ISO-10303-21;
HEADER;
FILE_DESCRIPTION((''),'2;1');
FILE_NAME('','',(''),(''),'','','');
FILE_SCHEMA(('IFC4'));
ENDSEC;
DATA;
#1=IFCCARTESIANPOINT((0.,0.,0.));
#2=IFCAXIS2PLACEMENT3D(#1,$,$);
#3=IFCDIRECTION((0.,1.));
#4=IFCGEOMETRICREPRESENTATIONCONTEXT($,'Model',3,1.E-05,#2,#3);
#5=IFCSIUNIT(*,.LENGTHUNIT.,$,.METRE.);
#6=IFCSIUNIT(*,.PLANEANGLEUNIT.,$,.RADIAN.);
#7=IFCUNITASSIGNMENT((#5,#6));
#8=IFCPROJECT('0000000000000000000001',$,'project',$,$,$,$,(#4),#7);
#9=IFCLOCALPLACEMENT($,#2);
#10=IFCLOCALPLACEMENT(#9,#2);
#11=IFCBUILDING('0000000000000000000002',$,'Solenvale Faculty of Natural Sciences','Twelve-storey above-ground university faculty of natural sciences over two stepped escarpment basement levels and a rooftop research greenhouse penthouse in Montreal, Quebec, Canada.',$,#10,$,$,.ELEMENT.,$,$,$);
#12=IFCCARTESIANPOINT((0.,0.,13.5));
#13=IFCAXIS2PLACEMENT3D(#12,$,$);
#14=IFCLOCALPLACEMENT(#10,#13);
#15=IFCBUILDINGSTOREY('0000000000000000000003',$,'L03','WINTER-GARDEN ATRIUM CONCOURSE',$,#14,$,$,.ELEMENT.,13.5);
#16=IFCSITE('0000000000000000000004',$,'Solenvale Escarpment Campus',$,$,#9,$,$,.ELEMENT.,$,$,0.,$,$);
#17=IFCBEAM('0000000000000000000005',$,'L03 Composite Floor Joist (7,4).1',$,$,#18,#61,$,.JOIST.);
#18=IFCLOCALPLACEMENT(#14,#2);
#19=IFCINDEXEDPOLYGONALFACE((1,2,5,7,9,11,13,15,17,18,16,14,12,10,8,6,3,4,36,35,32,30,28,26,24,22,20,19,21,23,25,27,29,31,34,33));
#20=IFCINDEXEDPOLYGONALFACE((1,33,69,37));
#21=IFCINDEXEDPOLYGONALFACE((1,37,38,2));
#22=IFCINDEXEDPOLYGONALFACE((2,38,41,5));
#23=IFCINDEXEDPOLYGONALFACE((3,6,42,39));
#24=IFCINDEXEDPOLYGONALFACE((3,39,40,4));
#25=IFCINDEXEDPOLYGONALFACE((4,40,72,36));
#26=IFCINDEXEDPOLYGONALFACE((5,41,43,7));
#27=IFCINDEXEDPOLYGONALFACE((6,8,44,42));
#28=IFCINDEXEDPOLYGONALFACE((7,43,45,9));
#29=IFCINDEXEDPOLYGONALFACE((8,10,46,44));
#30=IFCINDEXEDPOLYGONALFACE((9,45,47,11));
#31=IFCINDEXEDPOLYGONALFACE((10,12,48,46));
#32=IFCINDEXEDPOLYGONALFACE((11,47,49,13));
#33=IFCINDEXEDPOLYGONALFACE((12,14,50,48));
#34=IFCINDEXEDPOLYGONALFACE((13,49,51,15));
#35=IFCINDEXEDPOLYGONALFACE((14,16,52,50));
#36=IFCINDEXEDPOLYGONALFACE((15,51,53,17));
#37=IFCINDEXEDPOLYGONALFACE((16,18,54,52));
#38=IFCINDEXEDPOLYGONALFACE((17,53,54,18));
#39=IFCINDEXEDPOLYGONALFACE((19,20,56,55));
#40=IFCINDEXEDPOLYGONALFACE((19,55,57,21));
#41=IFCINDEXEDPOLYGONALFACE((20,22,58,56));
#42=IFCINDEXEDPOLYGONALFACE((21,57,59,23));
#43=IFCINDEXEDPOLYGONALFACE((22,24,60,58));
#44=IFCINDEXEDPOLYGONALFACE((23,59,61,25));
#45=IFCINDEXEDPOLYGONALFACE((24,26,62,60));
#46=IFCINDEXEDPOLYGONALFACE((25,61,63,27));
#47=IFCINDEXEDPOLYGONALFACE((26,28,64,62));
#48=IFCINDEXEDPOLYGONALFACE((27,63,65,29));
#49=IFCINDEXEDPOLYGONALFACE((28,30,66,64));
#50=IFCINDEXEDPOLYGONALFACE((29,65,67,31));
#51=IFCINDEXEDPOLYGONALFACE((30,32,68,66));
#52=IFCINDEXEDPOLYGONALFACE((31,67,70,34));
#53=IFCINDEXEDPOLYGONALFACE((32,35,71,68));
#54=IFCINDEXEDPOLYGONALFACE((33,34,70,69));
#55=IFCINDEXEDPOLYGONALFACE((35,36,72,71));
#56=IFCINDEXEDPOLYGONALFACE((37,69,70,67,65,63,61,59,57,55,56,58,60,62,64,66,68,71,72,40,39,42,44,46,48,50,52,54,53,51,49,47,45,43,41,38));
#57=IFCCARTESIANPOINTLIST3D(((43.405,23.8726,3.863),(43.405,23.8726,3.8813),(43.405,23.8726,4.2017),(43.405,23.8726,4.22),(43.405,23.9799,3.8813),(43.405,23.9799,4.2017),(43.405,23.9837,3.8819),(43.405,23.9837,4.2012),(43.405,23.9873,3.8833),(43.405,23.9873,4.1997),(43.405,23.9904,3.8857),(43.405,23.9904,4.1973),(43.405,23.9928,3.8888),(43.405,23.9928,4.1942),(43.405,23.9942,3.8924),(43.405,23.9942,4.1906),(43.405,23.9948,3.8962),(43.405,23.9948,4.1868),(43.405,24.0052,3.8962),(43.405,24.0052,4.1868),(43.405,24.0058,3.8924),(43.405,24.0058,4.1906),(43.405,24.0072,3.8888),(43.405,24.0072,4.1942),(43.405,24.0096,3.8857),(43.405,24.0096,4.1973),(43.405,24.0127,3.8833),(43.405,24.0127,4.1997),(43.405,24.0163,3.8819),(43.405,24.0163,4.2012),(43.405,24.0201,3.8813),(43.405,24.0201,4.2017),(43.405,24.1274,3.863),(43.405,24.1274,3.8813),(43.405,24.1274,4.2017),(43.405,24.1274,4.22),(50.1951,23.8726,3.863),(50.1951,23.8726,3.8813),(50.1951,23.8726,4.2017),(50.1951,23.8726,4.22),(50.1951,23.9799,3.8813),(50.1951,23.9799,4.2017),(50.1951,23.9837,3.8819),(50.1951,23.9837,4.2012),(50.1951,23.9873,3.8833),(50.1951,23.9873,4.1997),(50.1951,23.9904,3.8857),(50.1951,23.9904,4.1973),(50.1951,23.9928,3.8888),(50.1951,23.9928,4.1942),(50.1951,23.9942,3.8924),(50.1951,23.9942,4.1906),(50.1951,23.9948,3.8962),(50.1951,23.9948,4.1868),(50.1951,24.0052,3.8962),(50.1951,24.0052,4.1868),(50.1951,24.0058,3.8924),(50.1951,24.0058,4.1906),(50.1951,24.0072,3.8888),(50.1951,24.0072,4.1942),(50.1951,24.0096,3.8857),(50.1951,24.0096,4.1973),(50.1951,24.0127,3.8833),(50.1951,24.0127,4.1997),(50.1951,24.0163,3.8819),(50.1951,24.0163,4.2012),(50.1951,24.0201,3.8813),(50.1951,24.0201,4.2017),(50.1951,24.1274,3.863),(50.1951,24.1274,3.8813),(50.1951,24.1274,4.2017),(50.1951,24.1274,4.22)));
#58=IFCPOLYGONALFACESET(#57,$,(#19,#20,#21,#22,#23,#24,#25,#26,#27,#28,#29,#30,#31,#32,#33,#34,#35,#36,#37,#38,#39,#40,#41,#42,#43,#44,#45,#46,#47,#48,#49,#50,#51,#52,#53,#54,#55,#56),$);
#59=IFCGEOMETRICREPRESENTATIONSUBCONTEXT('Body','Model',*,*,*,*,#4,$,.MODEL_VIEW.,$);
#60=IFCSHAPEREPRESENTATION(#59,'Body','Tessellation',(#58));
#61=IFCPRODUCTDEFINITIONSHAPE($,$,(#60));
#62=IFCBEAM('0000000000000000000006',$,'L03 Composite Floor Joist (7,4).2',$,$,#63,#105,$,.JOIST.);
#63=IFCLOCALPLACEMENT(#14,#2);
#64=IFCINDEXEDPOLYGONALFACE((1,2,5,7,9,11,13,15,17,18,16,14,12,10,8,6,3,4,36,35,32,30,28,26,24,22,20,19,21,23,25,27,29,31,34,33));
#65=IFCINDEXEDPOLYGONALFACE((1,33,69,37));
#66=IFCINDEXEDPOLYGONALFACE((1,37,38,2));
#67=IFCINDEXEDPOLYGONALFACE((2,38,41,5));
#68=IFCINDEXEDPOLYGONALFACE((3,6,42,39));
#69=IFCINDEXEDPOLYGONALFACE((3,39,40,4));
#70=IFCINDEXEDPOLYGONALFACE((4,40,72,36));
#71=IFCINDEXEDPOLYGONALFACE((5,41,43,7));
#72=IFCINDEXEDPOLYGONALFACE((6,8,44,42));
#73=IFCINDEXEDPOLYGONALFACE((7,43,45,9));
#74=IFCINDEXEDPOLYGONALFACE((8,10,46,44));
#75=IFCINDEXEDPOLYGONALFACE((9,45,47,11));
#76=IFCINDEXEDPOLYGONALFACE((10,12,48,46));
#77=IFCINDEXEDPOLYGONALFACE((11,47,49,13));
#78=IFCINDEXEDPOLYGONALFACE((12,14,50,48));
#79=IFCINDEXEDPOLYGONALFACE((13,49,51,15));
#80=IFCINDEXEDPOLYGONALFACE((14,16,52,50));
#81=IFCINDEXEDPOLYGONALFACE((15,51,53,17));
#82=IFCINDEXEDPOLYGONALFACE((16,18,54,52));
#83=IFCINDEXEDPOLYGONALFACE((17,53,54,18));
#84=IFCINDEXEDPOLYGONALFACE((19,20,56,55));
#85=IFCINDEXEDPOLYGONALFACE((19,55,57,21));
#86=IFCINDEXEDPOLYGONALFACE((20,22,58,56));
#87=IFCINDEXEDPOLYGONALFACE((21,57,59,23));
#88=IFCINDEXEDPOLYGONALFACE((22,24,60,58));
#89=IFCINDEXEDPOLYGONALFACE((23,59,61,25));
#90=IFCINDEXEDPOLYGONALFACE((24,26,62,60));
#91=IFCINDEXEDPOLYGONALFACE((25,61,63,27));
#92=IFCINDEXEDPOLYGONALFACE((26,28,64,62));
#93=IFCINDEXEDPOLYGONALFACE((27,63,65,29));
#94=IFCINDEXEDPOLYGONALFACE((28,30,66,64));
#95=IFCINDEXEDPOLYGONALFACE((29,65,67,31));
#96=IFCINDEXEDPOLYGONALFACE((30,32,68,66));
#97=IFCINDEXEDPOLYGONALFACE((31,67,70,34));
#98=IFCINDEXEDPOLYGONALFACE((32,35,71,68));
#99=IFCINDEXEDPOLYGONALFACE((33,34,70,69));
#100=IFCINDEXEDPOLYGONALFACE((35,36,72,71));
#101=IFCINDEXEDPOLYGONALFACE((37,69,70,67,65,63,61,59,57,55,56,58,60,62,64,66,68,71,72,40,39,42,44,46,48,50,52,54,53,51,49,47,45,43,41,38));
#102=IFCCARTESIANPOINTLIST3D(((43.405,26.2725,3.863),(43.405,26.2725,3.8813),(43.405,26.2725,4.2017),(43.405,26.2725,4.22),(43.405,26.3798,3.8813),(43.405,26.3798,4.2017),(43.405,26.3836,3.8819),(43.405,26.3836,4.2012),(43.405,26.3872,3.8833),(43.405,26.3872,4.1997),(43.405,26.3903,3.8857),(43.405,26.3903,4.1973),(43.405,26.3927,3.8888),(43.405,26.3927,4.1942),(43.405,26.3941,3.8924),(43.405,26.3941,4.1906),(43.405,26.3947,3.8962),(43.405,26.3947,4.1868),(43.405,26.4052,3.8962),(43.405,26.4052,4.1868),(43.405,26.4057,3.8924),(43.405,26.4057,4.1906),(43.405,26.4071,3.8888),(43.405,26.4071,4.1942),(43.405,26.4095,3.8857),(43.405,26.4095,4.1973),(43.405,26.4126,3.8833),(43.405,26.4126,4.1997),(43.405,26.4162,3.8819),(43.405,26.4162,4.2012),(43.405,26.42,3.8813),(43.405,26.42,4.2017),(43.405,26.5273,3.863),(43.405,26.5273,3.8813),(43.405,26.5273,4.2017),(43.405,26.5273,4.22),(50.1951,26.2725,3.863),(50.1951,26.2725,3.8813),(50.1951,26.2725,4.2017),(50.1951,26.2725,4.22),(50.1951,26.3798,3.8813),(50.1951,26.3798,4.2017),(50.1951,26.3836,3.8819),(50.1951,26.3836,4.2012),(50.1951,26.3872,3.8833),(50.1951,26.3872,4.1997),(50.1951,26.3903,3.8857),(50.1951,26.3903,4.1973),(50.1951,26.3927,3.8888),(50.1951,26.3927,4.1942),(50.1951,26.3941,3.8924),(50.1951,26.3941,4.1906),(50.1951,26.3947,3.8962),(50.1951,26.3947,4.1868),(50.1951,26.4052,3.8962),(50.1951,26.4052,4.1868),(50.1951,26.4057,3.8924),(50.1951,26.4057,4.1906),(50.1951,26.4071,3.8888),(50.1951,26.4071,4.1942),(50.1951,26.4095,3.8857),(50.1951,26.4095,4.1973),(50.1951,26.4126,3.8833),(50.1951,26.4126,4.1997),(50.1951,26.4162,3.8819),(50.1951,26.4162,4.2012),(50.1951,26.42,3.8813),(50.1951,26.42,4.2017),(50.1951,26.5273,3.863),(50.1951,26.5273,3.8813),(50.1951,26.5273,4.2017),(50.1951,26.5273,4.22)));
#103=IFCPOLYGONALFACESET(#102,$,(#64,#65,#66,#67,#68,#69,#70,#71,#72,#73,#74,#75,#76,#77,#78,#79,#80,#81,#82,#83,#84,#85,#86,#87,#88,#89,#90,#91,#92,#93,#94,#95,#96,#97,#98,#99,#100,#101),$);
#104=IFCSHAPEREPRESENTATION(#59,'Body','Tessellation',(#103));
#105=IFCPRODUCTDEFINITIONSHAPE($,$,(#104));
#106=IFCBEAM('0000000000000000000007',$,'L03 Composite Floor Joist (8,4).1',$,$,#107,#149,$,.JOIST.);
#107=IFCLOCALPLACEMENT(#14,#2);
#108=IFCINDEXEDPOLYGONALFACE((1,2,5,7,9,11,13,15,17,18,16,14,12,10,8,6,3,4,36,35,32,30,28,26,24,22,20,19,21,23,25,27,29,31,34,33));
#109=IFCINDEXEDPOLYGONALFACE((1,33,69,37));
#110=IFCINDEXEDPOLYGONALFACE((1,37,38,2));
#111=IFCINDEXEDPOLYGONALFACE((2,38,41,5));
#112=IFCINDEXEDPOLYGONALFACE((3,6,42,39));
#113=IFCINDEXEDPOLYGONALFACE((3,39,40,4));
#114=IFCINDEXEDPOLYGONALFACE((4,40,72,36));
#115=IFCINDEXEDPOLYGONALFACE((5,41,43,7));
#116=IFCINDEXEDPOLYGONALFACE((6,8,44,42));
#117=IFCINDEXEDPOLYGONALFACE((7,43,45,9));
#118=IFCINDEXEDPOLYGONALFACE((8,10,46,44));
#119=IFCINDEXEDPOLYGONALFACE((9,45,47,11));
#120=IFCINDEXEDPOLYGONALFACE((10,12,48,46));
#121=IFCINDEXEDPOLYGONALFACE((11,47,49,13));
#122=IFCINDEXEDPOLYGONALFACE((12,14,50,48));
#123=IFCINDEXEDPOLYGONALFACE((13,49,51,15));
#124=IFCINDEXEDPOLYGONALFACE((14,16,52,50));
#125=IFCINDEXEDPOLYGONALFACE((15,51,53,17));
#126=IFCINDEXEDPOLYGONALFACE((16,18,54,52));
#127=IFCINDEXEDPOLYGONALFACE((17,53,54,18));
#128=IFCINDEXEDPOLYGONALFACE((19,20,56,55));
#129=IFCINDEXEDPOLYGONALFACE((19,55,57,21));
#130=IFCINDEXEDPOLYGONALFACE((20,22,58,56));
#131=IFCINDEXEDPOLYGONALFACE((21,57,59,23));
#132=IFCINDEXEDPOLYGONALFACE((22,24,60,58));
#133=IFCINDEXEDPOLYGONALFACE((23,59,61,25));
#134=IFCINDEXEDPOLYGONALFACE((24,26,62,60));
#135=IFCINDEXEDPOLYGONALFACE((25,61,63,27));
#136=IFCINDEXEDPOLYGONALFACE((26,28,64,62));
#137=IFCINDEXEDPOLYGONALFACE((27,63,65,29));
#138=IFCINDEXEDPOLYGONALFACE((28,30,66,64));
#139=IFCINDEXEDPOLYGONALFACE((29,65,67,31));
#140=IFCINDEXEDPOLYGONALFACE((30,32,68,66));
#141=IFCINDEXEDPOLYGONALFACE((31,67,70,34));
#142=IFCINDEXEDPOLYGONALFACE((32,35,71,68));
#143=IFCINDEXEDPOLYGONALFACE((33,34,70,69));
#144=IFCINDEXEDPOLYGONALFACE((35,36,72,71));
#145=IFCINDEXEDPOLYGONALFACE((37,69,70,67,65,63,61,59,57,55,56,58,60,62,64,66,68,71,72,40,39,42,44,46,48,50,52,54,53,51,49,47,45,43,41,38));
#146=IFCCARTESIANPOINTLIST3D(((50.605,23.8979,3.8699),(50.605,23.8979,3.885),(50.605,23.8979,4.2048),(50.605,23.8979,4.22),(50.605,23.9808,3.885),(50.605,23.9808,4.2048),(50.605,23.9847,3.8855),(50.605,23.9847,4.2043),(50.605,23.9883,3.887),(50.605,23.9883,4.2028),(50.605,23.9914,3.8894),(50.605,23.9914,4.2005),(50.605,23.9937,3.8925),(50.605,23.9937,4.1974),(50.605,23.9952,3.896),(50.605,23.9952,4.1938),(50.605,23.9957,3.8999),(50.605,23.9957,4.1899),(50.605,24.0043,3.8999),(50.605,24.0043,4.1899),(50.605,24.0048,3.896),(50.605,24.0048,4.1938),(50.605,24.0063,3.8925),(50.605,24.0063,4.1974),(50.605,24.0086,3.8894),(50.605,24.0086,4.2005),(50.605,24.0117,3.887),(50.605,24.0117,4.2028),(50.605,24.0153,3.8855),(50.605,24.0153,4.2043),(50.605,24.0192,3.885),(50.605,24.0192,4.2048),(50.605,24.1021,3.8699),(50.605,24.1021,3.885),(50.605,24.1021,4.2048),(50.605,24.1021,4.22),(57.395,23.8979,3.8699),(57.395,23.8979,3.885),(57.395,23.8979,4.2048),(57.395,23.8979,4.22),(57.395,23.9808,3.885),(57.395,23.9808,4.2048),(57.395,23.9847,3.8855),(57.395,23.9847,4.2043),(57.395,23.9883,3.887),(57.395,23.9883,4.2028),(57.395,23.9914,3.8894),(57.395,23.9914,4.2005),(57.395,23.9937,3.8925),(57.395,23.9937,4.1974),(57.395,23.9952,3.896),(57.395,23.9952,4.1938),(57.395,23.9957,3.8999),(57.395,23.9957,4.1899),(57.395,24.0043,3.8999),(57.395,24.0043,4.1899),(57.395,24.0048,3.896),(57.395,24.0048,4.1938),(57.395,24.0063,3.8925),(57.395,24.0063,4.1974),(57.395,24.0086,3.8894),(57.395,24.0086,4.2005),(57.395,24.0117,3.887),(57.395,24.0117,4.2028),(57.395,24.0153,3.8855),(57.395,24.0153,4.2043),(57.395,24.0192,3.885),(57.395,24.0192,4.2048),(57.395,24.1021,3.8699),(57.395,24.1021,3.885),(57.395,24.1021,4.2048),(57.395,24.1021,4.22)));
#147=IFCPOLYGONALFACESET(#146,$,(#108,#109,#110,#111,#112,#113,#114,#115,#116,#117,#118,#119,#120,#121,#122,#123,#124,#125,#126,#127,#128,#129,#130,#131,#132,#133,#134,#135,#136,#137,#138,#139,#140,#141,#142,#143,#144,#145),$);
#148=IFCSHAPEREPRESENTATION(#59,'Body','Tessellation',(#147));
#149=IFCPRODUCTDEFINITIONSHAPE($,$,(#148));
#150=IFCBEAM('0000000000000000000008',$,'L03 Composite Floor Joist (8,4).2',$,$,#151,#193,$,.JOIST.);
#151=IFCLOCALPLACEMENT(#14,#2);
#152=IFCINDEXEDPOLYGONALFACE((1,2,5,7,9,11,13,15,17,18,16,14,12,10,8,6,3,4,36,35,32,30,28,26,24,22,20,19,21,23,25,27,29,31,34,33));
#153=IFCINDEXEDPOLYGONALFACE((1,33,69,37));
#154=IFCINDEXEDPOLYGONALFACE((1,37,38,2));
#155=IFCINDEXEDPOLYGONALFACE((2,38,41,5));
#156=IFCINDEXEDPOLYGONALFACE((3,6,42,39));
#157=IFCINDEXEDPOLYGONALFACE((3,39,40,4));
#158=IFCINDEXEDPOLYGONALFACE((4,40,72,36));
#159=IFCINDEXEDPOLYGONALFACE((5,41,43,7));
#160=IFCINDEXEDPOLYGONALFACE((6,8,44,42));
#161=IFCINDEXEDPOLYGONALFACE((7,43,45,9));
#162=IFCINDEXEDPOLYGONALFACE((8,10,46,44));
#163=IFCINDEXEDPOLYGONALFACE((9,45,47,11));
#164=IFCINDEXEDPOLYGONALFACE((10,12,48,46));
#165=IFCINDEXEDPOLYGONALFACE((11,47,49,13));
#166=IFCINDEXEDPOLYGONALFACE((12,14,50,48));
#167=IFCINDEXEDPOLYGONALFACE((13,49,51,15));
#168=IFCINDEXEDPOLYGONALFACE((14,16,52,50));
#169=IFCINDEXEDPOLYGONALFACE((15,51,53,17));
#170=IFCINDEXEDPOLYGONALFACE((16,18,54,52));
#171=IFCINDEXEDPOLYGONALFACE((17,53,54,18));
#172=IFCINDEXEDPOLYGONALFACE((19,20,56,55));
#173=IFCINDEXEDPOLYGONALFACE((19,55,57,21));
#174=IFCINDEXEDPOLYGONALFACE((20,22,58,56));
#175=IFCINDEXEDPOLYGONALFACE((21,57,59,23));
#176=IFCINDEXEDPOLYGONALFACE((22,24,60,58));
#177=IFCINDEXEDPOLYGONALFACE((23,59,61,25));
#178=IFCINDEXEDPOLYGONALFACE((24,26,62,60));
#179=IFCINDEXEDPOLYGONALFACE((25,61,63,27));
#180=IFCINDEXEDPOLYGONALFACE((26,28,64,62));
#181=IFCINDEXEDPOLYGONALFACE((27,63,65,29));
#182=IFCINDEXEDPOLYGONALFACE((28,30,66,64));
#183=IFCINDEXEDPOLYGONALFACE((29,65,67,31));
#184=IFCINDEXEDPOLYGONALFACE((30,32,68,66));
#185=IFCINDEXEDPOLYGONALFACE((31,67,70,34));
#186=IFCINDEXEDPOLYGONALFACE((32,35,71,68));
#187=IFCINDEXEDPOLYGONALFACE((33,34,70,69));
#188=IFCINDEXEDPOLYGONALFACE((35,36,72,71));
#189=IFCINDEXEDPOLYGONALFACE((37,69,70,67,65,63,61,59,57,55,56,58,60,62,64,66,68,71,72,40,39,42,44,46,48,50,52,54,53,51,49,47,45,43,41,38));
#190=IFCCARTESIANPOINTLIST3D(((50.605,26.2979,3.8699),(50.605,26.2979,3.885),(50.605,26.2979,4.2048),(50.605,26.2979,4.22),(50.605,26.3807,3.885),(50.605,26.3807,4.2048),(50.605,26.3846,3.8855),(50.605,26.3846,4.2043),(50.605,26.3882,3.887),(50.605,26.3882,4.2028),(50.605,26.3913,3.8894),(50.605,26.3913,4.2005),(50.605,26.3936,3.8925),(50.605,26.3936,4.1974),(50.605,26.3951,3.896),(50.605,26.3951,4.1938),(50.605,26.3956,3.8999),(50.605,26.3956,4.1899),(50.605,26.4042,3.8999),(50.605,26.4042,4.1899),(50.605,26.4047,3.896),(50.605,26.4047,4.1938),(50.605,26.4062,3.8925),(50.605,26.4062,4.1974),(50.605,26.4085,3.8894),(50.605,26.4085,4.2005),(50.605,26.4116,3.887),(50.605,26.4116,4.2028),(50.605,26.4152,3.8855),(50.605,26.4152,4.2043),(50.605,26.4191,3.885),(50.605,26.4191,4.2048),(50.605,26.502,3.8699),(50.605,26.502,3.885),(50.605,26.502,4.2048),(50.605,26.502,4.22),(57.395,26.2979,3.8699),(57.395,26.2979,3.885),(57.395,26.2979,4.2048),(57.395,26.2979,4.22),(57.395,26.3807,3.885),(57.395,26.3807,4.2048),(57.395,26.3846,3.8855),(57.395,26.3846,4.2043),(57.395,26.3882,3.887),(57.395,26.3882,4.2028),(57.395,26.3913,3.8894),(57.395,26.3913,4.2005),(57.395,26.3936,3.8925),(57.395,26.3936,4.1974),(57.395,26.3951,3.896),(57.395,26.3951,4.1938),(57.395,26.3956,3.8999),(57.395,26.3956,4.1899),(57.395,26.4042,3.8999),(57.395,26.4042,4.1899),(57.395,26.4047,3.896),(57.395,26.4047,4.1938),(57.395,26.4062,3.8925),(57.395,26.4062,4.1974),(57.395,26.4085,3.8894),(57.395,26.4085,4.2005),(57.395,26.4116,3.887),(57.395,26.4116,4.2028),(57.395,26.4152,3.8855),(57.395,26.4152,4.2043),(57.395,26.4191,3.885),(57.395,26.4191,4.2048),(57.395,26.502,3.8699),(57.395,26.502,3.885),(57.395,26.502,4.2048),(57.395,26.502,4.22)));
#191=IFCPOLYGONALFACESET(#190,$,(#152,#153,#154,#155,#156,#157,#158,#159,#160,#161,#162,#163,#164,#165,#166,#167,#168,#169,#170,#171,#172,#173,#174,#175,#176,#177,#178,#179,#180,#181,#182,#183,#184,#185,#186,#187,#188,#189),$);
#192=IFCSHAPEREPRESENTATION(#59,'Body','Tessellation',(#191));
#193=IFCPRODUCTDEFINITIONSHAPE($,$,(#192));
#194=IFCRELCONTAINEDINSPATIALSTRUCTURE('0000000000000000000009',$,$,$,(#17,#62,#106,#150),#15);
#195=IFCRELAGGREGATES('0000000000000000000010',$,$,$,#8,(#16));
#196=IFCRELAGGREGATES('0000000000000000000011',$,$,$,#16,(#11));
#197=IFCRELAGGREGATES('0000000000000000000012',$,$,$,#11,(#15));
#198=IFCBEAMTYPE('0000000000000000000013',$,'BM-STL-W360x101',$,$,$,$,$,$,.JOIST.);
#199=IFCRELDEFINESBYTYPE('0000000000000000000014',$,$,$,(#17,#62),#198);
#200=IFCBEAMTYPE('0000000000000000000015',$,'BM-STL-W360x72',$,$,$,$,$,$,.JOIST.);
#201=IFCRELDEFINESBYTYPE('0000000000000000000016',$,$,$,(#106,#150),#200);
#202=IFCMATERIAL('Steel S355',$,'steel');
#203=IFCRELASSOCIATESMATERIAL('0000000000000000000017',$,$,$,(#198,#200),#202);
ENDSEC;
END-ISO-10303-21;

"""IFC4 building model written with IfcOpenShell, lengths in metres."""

from ifc_helpers import new_model, si_unit, direction, frame, origin, origin_2d, place, context, subcontext, project, spatial, i_section, extrude, material, material_profile, profile_set, type_object, element, save


model = new_model("IFC4")

# Units and contexts
model_context = context("Model", 3, precision=1e-05, world=origin(), true_north=direction((0.0, 1.0)))
body_context = subcontext(model_context, "Body", "Model", "MODEL_VIEW")
ifc_project = project(units=[si_unit("LENGTHUNIT", "METRE"), si_unit("PLANEANGLEUNIT", "RADIAN")], contexts=[model_context])

# Site, building, storey
site_placement = place(None, origin())
site = spatial("IfcSite", under=ifc_project, at=site_placement, Name="Solenvale Escarpment Campus", CompositionType="ELEMENT", RefElevation=0.0)
building_placement = place(site_placement, origin())
building = spatial("IfcBuilding", under=site, at=building_placement, Name="Solenvale Faculty of Natural Sciences", Description="Twelve-storey above-ground university faculty of natural sciences over two stepped escarpment basement levels and a rooftop research greenhouse penthouse in Montreal, Quebec, Canada.", CompositionType="ELEMENT")
storey_placement = place(building_placement, frame((0.0, 0.0, 13.5)))
storey = spatial("IfcBuildingStorey", under=building, at=storey_placement, Name="L03", Description="WINTER-GARDEN ATRIUM CONCOURSE", CompositionType="ELEMENT", Elevation=13.5)

# Beams
ifc_material_1 = material(Name="Steel S355", Category="steel")
ifc_material_profile_1 = material_profile(ifc_material_1, i_section(OverallWidth=0.2549, OverallDepth=0.3569, WebThickness=0.0105, FlangeThickness=0.0183, FilletRadius=0.0149, at=origin_2d()), Name="W360x101")
ifc_profile_set_1 = profile_set([ifc_material_profile_1], Name="Steel S355")
beam_type_1 = type_object("IfcBeamType", Name="BM-STL-W360x101", PredefinedType="JOIST", material=ifc_profile_set_1)
for number, where, z_axis, x_axis, name in (
    (1, (43.405, 24.0, 4.0415), (1.0, 0.0, 0.0), (0.0, 1.0, 0.0), "L03 Composite Floor Joist (7,4).1"),
    (2, (43.405, 26.3999, 4.0415), (1.0, 0.0, 0.0), (0.0, 1.0, 0.0), "L03 Composite Floor Joist (7,4).2"),
):
    element("IfcBeam", number, at=place(storey_placement, frame(where, z_axis=z_axis, x_axis=x_axis)), inside=storey, type_object=beam_type_1, Name=name, PredefinedType="JOIST", context=body_context, shape_type="SweptSolid", body=[
        extrude(i_section(OverallWidth=0.2549, OverallDepth=0.3569, WebThickness=0.0105, FlangeThickness=0.0183, FilletRadius=0.0149, at=origin_2d()), origin(), (0.0, 0.0, 1.0), 6.79),
    ])
ifc_material_profile_2 = material_profile(ifc_material_1, i_section(OverallWidth=0.2041, OverallDepth=0.3501, WebThickness=0.0085, FlangeThickness=0.0151, FilletRadius=0.0149, at=origin_2d()), Name="W360x72")
ifc_profile_set_2 = profile_set([ifc_material_profile_2], Name="Steel S355")
beam_type_2 = type_object("IfcBeamType", Name="BM-STL-W360x72", PredefinedType="JOIST", material=ifc_profile_set_2)
for number, where, z_axis, x_axis, name in (
    (3, (50.605, 24.0, 4.0449), (1.0, 0.0, 0.0), (0.0, 1.0, 0.0), "L03 Composite Floor Joist (8,4).1"),
    (4, (50.605, 26.3999, 4.0449), (1.0, 0.0, 0.0), (0.0, 1.0, 0.0), "L03 Composite Floor Joist (8,4).2"),
):
    element("IfcBeam", number, at=place(storey_placement, frame(where, z_axis=z_axis, x_axis=x_axis)), inside=storey, type_object=beam_type_2, Name=name, PredefinedType="JOIST", context=body_context, shape_type="SweptSolid", body=[
        extrude(i_section(OverallWidth=0.2041, OverallDepth=0.3501, WebThickness=0.0085, FlangeThickness=0.0151, FilletRadius=0.0149, at=origin_2d()), origin(), (0.0, 0.0, 1.0), 6.79),
    ])

save(model, "model.ifc")
